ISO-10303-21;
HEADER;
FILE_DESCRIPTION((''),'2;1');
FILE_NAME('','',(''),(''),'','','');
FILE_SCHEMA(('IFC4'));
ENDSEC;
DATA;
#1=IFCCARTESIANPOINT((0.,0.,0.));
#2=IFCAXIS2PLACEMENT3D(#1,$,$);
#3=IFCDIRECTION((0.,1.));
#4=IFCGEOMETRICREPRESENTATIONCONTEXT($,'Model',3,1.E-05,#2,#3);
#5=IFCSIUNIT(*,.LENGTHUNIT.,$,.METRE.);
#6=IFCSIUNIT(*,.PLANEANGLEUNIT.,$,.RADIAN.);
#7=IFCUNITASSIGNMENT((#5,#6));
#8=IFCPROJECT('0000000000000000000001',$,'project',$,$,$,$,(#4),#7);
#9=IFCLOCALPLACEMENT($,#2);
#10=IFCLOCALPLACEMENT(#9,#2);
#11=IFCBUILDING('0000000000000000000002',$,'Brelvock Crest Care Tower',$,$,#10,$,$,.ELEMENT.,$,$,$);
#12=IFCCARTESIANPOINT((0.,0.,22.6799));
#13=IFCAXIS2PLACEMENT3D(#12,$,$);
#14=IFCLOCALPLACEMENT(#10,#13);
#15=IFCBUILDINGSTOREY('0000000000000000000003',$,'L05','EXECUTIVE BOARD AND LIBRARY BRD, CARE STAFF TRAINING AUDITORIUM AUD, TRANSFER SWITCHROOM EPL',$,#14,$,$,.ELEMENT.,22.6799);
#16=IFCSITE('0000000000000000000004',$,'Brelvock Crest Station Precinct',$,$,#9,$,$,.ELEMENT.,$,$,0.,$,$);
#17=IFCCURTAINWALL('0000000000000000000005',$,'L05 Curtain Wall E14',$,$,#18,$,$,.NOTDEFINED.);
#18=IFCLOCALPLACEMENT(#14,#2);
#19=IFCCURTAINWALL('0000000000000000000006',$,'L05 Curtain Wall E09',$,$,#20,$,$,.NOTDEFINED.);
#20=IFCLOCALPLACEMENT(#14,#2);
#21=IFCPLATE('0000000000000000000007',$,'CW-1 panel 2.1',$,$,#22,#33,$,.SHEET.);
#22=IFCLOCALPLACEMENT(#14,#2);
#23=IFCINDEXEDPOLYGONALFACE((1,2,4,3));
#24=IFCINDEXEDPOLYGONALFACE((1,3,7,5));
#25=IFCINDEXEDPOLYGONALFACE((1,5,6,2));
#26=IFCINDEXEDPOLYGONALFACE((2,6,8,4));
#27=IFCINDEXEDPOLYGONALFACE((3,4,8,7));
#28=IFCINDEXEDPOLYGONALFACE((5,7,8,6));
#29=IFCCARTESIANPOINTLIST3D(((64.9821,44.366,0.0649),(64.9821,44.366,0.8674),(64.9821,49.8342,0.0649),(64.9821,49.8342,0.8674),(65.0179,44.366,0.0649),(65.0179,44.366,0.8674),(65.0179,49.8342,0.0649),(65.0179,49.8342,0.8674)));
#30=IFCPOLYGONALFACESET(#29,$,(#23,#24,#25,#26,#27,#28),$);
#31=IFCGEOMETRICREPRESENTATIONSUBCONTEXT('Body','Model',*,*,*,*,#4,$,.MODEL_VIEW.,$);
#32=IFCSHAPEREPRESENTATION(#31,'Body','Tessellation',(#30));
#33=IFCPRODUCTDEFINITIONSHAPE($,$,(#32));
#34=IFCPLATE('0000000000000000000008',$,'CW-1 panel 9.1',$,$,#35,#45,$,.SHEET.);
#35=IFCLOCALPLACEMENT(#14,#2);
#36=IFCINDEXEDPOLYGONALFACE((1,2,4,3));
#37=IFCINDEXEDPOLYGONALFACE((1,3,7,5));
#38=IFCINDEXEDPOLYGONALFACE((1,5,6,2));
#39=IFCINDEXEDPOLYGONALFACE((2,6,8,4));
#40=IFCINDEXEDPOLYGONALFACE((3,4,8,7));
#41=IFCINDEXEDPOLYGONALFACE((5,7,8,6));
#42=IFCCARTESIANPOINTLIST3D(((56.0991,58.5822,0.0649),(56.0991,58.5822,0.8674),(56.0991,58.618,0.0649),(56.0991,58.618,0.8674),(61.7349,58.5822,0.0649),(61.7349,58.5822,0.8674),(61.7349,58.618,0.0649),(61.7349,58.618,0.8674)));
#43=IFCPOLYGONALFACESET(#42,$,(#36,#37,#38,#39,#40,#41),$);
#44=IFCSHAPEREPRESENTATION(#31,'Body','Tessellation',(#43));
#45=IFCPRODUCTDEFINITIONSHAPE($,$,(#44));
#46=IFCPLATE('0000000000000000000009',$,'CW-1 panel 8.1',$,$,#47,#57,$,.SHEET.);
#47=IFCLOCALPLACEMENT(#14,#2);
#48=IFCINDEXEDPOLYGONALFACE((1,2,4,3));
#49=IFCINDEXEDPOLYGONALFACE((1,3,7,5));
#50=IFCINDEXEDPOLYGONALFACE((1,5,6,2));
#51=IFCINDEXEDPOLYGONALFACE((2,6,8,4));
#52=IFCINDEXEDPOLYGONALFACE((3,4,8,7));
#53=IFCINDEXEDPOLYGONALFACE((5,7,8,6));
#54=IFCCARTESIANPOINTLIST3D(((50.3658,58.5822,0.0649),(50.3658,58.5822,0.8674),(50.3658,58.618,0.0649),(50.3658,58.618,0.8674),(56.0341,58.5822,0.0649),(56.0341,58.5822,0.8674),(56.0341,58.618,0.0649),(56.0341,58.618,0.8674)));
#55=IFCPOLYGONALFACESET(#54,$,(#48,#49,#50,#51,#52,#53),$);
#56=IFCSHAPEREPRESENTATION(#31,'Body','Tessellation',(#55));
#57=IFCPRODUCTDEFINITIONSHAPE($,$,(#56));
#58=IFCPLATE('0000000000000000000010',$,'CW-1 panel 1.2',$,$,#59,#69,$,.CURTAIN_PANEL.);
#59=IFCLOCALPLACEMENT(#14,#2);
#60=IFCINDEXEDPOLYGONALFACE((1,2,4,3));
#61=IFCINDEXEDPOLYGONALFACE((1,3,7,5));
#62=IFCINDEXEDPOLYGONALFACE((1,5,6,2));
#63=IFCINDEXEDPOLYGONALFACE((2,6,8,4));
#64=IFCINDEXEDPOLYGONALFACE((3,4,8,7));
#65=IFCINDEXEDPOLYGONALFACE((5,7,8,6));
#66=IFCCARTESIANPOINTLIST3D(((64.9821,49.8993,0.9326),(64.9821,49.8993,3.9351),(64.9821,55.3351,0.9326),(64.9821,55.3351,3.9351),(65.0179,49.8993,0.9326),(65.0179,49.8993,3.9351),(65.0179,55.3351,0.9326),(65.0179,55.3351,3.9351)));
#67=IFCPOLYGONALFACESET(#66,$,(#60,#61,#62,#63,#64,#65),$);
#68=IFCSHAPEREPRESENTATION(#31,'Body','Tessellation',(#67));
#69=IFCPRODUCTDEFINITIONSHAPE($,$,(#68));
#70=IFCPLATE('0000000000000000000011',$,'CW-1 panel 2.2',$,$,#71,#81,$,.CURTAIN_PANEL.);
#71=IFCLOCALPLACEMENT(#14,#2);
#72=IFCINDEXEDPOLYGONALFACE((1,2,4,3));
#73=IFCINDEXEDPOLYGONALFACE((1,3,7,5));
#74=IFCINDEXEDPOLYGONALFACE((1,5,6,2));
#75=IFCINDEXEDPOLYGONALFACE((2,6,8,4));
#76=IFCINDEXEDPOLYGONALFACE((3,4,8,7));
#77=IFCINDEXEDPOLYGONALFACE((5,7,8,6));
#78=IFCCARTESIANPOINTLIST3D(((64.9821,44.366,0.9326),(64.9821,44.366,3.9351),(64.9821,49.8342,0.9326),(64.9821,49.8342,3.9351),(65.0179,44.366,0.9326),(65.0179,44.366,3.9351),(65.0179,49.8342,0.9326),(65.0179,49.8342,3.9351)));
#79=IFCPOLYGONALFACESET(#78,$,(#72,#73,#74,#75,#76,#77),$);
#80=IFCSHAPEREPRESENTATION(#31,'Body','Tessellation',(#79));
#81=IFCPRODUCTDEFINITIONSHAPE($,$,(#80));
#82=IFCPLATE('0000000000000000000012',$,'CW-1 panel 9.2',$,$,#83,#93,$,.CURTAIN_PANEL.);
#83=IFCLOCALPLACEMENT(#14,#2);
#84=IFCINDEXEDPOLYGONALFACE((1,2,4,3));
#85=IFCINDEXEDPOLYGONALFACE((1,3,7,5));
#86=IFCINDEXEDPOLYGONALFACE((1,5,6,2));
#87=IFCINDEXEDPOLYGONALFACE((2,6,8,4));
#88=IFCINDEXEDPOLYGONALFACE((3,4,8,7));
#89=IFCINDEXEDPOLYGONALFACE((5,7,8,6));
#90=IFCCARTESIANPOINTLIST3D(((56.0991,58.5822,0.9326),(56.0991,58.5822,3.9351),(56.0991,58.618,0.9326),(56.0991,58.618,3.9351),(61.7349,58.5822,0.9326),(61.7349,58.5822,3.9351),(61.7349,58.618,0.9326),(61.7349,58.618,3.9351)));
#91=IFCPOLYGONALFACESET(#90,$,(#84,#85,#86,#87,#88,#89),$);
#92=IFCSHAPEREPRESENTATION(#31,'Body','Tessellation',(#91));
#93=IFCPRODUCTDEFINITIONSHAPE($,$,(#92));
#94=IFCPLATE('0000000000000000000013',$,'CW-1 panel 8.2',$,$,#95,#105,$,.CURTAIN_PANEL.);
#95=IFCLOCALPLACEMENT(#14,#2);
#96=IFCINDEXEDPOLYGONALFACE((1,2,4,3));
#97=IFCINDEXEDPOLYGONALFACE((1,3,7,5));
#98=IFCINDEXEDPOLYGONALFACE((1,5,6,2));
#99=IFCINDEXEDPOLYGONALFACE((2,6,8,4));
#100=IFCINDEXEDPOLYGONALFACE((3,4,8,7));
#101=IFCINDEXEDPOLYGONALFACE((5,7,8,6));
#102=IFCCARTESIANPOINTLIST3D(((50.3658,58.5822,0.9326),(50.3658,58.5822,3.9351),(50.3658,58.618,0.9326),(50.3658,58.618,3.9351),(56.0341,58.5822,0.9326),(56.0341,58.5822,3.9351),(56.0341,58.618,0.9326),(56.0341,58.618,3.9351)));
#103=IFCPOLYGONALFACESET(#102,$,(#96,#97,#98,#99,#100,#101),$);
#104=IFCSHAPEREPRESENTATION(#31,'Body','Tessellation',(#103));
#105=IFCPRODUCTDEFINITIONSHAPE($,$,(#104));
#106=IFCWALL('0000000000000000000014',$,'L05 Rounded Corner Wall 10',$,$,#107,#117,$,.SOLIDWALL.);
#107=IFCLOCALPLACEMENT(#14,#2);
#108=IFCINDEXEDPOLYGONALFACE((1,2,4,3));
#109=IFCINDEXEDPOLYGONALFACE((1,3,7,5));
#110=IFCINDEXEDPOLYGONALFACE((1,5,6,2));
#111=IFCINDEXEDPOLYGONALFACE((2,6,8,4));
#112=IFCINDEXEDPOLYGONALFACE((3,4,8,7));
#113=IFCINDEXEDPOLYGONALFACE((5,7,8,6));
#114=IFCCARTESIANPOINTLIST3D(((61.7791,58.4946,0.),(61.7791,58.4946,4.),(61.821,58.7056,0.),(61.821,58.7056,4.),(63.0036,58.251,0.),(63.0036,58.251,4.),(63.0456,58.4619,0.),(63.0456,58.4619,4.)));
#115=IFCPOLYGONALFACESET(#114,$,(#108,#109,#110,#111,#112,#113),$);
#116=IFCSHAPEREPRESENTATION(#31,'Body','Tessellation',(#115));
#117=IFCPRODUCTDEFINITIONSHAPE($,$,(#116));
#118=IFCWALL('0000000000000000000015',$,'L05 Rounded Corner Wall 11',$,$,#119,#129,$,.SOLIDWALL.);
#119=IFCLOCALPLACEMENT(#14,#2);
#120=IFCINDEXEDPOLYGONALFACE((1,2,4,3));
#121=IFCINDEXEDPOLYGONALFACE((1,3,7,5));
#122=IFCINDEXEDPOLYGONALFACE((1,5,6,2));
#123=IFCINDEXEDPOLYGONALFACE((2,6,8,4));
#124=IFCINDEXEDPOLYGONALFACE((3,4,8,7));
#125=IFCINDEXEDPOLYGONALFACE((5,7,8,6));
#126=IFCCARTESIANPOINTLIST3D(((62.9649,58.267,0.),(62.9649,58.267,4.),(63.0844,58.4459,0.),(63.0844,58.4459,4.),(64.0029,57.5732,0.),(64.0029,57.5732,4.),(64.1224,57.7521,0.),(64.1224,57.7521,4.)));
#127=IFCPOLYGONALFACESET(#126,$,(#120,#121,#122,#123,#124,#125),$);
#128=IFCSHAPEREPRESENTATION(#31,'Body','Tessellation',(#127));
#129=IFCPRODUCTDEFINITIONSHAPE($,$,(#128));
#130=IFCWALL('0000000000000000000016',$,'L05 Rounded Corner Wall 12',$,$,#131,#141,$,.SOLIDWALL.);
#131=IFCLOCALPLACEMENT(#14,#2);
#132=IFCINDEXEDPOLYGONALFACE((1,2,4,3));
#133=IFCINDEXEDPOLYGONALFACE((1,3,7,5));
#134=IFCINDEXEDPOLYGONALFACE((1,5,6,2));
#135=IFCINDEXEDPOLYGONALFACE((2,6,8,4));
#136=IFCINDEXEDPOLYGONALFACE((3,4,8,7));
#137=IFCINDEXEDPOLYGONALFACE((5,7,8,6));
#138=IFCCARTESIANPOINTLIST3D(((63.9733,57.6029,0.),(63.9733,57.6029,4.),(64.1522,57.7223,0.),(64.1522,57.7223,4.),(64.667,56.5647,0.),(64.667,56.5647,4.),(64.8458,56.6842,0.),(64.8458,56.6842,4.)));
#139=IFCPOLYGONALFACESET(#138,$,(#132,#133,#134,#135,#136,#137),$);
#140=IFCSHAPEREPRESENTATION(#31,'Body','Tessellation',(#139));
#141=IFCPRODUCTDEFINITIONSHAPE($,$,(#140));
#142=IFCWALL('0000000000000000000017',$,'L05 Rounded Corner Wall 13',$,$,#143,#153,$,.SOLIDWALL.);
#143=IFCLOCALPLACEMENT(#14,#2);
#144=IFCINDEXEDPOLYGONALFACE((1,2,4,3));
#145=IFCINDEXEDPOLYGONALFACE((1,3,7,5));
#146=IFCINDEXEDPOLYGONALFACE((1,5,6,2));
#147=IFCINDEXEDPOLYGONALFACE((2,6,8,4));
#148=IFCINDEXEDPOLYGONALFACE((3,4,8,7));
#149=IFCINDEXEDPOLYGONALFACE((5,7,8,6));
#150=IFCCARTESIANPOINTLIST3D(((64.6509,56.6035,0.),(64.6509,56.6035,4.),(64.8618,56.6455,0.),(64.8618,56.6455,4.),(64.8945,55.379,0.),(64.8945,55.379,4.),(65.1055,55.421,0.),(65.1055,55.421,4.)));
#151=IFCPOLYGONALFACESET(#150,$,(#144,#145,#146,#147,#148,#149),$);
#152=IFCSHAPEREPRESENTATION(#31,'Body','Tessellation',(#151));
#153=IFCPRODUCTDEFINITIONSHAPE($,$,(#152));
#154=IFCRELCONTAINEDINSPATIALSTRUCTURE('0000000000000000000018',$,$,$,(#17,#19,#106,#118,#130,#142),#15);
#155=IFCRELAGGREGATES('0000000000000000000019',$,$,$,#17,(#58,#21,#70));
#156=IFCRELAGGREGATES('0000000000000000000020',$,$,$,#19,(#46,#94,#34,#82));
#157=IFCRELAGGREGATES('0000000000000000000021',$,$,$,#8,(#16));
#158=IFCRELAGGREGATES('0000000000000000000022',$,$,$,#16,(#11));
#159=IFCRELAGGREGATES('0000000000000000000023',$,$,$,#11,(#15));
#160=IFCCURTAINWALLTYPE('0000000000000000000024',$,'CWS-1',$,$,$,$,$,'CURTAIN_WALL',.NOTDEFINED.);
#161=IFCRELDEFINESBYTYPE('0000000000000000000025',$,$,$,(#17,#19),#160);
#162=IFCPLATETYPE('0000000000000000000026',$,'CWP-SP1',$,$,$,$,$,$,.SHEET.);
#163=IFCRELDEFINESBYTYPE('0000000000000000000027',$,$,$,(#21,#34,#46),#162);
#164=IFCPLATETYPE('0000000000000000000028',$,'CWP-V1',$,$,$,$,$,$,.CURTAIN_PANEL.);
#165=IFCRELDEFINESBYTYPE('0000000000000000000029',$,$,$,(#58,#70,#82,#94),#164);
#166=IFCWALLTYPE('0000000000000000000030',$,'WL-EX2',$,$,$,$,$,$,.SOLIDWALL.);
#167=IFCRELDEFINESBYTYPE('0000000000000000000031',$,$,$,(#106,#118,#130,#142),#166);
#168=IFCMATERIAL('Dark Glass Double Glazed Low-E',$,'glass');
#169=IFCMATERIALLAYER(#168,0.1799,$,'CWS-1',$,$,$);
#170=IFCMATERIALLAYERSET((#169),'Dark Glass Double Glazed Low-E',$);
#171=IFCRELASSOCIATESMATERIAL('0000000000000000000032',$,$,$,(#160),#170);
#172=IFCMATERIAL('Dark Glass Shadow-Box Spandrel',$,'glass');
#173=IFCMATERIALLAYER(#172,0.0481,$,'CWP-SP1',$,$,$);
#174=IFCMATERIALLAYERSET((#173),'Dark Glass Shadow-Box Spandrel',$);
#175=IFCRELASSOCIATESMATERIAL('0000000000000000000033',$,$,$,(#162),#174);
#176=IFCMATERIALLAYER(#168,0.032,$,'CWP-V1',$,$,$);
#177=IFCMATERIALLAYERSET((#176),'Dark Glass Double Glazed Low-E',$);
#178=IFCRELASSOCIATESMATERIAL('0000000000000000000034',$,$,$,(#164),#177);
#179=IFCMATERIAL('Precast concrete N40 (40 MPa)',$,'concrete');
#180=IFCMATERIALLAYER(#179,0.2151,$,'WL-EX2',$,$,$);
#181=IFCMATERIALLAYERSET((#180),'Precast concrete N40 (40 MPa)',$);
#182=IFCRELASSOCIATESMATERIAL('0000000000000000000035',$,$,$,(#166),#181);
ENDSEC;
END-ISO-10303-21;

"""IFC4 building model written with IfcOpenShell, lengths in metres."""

from ifc_helpers import new_model, si_unit, direction, frame, frame_2d, origin, origin_2d, place, context, subcontext, project, spatial, rectangle, extrude, source, transform, mapped, material, layer, layer_set, type_object, element, aggregate, save


model = new_model("IFC4")

# Units and contexts
model_context = context("Model", 3, precision=1e-05, world=origin(), true_north=direction((0.0, 1.0)))
body_context = subcontext(model_context, "Body", "Model", "MODEL_VIEW")
ifc_project = project(units=[si_unit("LENGTHUNIT", "METRE"), si_unit("PLANEANGLEUNIT", "RADIAN")], contexts=[model_context])

# Site, building, storey
site_placement = place(None, origin())
site = spatial("IfcSite", under=ifc_project, at=site_placement, Name="Brelvock Crest Station Precinct", CompositionType="ELEMENT", RefElevation=0.0)
building_placement = place(site_placement, origin())
building = spatial("IfcBuilding", under=site, at=building_placement, Name="Brelvock Crest Care Tower", CompositionType="ELEMENT")
storey_placement = place(building_placement, frame((0.0, 0.0, 22.6799)))
storey = spatial("IfcBuildingStorey", under=building, at=storey_placement, Name="L05", Description="EXECUTIVE BOARD AND LIBRARY BRD, CARE STAFF TRAINING AUDITORIUM AUD, TRANSFER SWITCHROOM EPL", CompositionType="ELEMENT", Elevation=22.6799)

# Curtain walls
ifc_material_1 = material(Name="Dark Glass Double Glazed Low-E", Category="glass")
ifc_layer_1 = layer(ifc_material_1, 0.1799, Name="CWS-1")
ifc_layer_set_1 = layer_set([ifc_layer_1], Name="Dark Glass Double Glazed Low-E")
curtain_wall_type = type_object("IfcCurtainWallType", Name="CWS-1", ElementType="CURTAIN_WALL", PredefinedType="NOTDEFINED", material=ifc_layer_set_1)
curtain_wall_1_placement = place(storey_placement, origin())
curtain_wall_1 = element("IfcCurtainWall", 1, at=curtain_wall_1_placement, inside=storey, type_object=curtain_wall_type, Name="L05 Curtain Wall E14", PredefinedType="NOTDEFINED")
curtain_wall_2_placement = place(storey_placement, origin())
curtain_wall_2 = element("IfcCurtainWall", 2, at=curtain_wall_2_placement, inside=storey, type_object=curtain_wall_type, Name="L05 Curtain Wall E09", PredefinedType="NOTDEFINED")

# Plates
ifc_material_2 = material(Name="Dark Glass Shadow-Box Spandrel", Category="glass")
ifc_layer_2 = layer(ifc_material_2, 0.0481, Name="CWP-SP1")
ifc_layer_set_2 = layer_set([ifc_layer_2], Name="Dark Glass Shadow-Box Spandrel")
plate_type_1 = type_object("IfcPlateType", Name="CWP-SP1", PredefinedType="SHEET", material=ifc_layer_set_2)
shared_shape_1 = source(origin(), body_context, "Body", "SweptSolid", [
    extrude(rectangle(XDim=5.4683, YDim=0.0359, at=origin_2d()), origin(), (0.0, 0.0, 1.0), 0.8025),
])
plate_1_placement = place(storey_placement, frame((65.0, 47.1001, 0.0649), z_axis=(0.0, 0.0, 1.0), x_axis=(0.0, -1.0, 0.0)))
plate_1 = element("IfcPlate", 3, at=plate_1_placement, type_object=plate_type_1, Name="CW-1 panel 2.1", PredefinedType="SHEET", context=body_context, shape_type="MappedRepresentation", body=[
    mapped(shared_shape_1, transform((0.0, 0.0, 0.0), x_axis=(1.0, 0.0, 0.0), y_axis=(0.0, 1.0, 0.0), z_axis=(0.0, 0.0, 1.0), scale=1.0)),
])
shared_shape_2 = source(origin(), body_context, "Body", "SweptSolid", [
    extrude(rectangle(XDim=5.6357, YDim=0.0359, at=origin_2d()), origin(), (0.0, 0.0, 1.0), 0.8025),
])
plate_2_placement = place(storey_placement, frame((58.917, 58.6001, 0.0649), z_axis=(0.0, 0.0, 1.0), x_axis=(1.0, 0.0, 0.0)))
plate_2 = element("IfcPlate", 4, at=plate_2_placement, type_object=plate_type_1, Name="CW-1 panel 9.1", PredefinedType="SHEET", context=body_context, shape_type="MappedRepresentation", body=[
    mapped(shared_shape_2, transform((0.0, 0.0, 0.0), x_axis=(1.0, 0.0, 0.0), y_axis=(0.0, 1.0, 0.0), z_axis=(0.0, 0.0, 1.0), scale=1.0)),
])
shared_shape_3 = source(origin(), body_context, "Body", "SweptSolid", [
    extrude(rectangle(XDim=5.6682, YDim=0.0359, at=origin_2d()), origin(), (0.0, 0.0, 1.0), 0.8025),
])
plate_3_placement = place(storey_placement, frame((53.2, 58.6001, 0.0649), z_axis=(0.0, 0.0, 1.0), x_axis=(1.0, 0.0, 0.0)))
plate_3 = element("IfcPlate", 5, at=plate_3_placement, type_object=plate_type_1, Name="CW-1 panel 8.1", PredefinedType="SHEET", context=body_context, shape_type="MappedRepresentation", body=[
    mapped(shared_shape_3, transform((0.0, 0.0, 0.0), x_axis=(1.0, 0.0, 0.0), y_axis=(0.0, 1.0, 0.0), z_axis=(0.0, 0.0, 1.0), scale=1.0)),
])
ifc_layer_3 = layer(ifc_material_1, 0.032, Name="CWP-V1")
ifc_layer_set_3 = layer_set([ifc_layer_3], Name="Dark Glass Double Glazed Low-E")
plate_type_2 = type_object("IfcPlateType", Name="CWP-V1", PredefinedType="CURTAIN_PANEL", material=ifc_layer_set_3)
shared_shape_4 = source(origin(), body_context, "Body", "SweptSolid", [
    extrude(rectangle(XDim=5.4358, YDim=0.0359, at=origin_2d()), origin(), (0.0, 0.0, 1.0), 3.0024),
])
plate_4_placement = place(storey_placement, frame((65.0, 52.6172, 0.9326), z_axis=(0.0, 0.0, 1.0), x_axis=(0.0, -1.0, 0.0)))
plate_4 = element("IfcPlate", 6, at=plate_4_placement, type_object=plate_type_2, Name="CW-1 panel 1.2", PredefinedType="CURTAIN_PANEL", context=body_context, shape_type="MappedRepresentation", body=[
    mapped(shared_shape_4, transform((0.0, 0.0, 0.0), x_axis=(1.0, 0.0, 0.0), y_axis=(0.0, 1.0, 0.0), z_axis=(0.0, 0.0, 1.0), scale=1.0)),
])
shared_shape_5 = source(origin(), body_context, "Body", "SweptSolid", [
    extrude(rectangle(XDim=5.4683, YDim=0.0359, at=origin_2d()), origin(), (0.0, 0.0, 1.0), 3.0024),
])
plate_5_placement = place(storey_placement, frame((65.0, 47.1001, 0.9326), z_axis=(0.0, 0.0, 1.0), x_axis=(0.0, -1.0, 0.0)))
plate_5 = element("IfcPlate", 7, at=plate_5_placement, type_object=plate_type_2, Name="CW-1 panel 2.2", PredefinedType="CURTAIN_PANEL", context=body_context, shape_type="MappedRepresentation", body=[
    mapped(shared_shape_5, transform((0.0, 0.0, 0.0), x_axis=(1.0, 0.0, 0.0), y_axis=(0.0, 1.0, 0.0), z_axis=(0.0, 0.0, 1.0), scale=1.0)),
])
aggregate(curtain_wall_1, [plate_4, plate_1, plate_5])
shared_shape_6 = source(origin(), body_context, "Body", "SweptSolid", [
    extrude(rectangle(XDim=5.6357, YDim=0.0359, at=origin_2d()), origin(), (0.0, 0.0, 1.0), 3.0024),
])
plate_6_placement = place(storey_placement, frame((58.917, 58.6001, 0.9326), z_axis=(0.0, 0.0, 1.0), x_axis=(1.0, 0.0, 0.0)))
plate_6 = element("IfcPlate", 8, at=plate_6_placement, type_object=plate_type_2, Name="CW-1 panel 9.2", PredefinedType="CURTAIN_PANEL", context=body_context, shape_type="MappedRepresentation", body=[
    mapped(shared_shape_6, transform((0.0, 0.0, 0.0), x_axis=(1.0, 0.0, 0.0), y_axis=(0.0, 1.0, 0.0), z_axis=(0.0, 0.0, 1.0), scale=1.0)),
])
shared_shape_7 = source(origin(), body_context, "Body", "SweptSolid", [
    extrude(rectangle(XDim=5.6682, YDim=0.0359, at=origin_2d()), origin(), (0.0, 0.0, 1.0), 3.0024),
])
plate_7_placement = place(storey_placement, frame((53.2, 58.6001, 0.9326), z_axis=(0.0, 0.0, 1.0), x_axis=(1.0, 0.0, 0.0)))
plate_7 = element("IfcPlate", 9, at=plate_7_placement, type_object=plate_type_2, Name="CW-1 panel 8.2", PredefinedType="CURTAIN_PANEL", context=body_context, shape_type="MappedRepresentation", body=[
    mapped(shared_shape_7, transform((0.0, 0.0, 0.0), x_axis=(1.0, 0.0, 0.0), y_axis=(0.0, 1.0, 0.0), z_axis=(0.0, 0.0, 1.0), scale=1.0)),
])
aggregate(curtain_wall_2, [plate_3, plate_7, plate_2, plate_6])

# Walls
ifc_material_3 = material(Name="Precast concrete N40 (40 MPa)", Category="concrete")
ifc_layer_4 = layer(ifc_material_3, 0.2151, Name="WL-EX2")
ifc_layer_set_4 = layer_set([ifc_layer_4], Name="Precast concrete N40 (40 MPa)")
wall_type = type_object("IfcWallType", Name="WL-EX2", PredefinedType="SOLIDWALL", material=ifc_layer_set_4)
for number, where, z_axis, x_axis, name in (
    (10, (61.8, 58.6001, 0.0), (0.0, 0.0, 1.0), (0.980776, -0.195138, 0.0), "L05 Rounded Corner Wall 10"),
    (11, (63.0247, 58.3564, 0.0), (0.0, 0.0, 1.0), (0.831388, -0.555692, 0.0), "L05 Rounded Corner Wall 11"),
    (12, (64.0627, 57.6626, 0.0), (0.0, 0.0, 1.0), (0.555557, -0.831478, 0.0), "L05 Rounded Corner Wall 12"),
    (13, (64.7563, 56.6245, 0.0), (0.0, 0.0, 1.0), (0.195138, -0.980776, 0.0), "L05 Rounded Corner Wall 13"),
):
    element("IfcWall", number, at=place(storey_placement, frame(where, z_axis=z_axis, x_axis=x_axis)), inside=storey, type_object=wall_type, Name=name, PredefinedType="SOLIDWALL", context=body_context, shape_type="SweptSolid", body=[
        extrude(rectangle(XDim=1.2485, YDim=0.2151, at=frame_2d((0.6243, 0.0))), origin(), (0.0, 0.0, 1.0), 4.0),
    ])

save(model, "model.ifc")
